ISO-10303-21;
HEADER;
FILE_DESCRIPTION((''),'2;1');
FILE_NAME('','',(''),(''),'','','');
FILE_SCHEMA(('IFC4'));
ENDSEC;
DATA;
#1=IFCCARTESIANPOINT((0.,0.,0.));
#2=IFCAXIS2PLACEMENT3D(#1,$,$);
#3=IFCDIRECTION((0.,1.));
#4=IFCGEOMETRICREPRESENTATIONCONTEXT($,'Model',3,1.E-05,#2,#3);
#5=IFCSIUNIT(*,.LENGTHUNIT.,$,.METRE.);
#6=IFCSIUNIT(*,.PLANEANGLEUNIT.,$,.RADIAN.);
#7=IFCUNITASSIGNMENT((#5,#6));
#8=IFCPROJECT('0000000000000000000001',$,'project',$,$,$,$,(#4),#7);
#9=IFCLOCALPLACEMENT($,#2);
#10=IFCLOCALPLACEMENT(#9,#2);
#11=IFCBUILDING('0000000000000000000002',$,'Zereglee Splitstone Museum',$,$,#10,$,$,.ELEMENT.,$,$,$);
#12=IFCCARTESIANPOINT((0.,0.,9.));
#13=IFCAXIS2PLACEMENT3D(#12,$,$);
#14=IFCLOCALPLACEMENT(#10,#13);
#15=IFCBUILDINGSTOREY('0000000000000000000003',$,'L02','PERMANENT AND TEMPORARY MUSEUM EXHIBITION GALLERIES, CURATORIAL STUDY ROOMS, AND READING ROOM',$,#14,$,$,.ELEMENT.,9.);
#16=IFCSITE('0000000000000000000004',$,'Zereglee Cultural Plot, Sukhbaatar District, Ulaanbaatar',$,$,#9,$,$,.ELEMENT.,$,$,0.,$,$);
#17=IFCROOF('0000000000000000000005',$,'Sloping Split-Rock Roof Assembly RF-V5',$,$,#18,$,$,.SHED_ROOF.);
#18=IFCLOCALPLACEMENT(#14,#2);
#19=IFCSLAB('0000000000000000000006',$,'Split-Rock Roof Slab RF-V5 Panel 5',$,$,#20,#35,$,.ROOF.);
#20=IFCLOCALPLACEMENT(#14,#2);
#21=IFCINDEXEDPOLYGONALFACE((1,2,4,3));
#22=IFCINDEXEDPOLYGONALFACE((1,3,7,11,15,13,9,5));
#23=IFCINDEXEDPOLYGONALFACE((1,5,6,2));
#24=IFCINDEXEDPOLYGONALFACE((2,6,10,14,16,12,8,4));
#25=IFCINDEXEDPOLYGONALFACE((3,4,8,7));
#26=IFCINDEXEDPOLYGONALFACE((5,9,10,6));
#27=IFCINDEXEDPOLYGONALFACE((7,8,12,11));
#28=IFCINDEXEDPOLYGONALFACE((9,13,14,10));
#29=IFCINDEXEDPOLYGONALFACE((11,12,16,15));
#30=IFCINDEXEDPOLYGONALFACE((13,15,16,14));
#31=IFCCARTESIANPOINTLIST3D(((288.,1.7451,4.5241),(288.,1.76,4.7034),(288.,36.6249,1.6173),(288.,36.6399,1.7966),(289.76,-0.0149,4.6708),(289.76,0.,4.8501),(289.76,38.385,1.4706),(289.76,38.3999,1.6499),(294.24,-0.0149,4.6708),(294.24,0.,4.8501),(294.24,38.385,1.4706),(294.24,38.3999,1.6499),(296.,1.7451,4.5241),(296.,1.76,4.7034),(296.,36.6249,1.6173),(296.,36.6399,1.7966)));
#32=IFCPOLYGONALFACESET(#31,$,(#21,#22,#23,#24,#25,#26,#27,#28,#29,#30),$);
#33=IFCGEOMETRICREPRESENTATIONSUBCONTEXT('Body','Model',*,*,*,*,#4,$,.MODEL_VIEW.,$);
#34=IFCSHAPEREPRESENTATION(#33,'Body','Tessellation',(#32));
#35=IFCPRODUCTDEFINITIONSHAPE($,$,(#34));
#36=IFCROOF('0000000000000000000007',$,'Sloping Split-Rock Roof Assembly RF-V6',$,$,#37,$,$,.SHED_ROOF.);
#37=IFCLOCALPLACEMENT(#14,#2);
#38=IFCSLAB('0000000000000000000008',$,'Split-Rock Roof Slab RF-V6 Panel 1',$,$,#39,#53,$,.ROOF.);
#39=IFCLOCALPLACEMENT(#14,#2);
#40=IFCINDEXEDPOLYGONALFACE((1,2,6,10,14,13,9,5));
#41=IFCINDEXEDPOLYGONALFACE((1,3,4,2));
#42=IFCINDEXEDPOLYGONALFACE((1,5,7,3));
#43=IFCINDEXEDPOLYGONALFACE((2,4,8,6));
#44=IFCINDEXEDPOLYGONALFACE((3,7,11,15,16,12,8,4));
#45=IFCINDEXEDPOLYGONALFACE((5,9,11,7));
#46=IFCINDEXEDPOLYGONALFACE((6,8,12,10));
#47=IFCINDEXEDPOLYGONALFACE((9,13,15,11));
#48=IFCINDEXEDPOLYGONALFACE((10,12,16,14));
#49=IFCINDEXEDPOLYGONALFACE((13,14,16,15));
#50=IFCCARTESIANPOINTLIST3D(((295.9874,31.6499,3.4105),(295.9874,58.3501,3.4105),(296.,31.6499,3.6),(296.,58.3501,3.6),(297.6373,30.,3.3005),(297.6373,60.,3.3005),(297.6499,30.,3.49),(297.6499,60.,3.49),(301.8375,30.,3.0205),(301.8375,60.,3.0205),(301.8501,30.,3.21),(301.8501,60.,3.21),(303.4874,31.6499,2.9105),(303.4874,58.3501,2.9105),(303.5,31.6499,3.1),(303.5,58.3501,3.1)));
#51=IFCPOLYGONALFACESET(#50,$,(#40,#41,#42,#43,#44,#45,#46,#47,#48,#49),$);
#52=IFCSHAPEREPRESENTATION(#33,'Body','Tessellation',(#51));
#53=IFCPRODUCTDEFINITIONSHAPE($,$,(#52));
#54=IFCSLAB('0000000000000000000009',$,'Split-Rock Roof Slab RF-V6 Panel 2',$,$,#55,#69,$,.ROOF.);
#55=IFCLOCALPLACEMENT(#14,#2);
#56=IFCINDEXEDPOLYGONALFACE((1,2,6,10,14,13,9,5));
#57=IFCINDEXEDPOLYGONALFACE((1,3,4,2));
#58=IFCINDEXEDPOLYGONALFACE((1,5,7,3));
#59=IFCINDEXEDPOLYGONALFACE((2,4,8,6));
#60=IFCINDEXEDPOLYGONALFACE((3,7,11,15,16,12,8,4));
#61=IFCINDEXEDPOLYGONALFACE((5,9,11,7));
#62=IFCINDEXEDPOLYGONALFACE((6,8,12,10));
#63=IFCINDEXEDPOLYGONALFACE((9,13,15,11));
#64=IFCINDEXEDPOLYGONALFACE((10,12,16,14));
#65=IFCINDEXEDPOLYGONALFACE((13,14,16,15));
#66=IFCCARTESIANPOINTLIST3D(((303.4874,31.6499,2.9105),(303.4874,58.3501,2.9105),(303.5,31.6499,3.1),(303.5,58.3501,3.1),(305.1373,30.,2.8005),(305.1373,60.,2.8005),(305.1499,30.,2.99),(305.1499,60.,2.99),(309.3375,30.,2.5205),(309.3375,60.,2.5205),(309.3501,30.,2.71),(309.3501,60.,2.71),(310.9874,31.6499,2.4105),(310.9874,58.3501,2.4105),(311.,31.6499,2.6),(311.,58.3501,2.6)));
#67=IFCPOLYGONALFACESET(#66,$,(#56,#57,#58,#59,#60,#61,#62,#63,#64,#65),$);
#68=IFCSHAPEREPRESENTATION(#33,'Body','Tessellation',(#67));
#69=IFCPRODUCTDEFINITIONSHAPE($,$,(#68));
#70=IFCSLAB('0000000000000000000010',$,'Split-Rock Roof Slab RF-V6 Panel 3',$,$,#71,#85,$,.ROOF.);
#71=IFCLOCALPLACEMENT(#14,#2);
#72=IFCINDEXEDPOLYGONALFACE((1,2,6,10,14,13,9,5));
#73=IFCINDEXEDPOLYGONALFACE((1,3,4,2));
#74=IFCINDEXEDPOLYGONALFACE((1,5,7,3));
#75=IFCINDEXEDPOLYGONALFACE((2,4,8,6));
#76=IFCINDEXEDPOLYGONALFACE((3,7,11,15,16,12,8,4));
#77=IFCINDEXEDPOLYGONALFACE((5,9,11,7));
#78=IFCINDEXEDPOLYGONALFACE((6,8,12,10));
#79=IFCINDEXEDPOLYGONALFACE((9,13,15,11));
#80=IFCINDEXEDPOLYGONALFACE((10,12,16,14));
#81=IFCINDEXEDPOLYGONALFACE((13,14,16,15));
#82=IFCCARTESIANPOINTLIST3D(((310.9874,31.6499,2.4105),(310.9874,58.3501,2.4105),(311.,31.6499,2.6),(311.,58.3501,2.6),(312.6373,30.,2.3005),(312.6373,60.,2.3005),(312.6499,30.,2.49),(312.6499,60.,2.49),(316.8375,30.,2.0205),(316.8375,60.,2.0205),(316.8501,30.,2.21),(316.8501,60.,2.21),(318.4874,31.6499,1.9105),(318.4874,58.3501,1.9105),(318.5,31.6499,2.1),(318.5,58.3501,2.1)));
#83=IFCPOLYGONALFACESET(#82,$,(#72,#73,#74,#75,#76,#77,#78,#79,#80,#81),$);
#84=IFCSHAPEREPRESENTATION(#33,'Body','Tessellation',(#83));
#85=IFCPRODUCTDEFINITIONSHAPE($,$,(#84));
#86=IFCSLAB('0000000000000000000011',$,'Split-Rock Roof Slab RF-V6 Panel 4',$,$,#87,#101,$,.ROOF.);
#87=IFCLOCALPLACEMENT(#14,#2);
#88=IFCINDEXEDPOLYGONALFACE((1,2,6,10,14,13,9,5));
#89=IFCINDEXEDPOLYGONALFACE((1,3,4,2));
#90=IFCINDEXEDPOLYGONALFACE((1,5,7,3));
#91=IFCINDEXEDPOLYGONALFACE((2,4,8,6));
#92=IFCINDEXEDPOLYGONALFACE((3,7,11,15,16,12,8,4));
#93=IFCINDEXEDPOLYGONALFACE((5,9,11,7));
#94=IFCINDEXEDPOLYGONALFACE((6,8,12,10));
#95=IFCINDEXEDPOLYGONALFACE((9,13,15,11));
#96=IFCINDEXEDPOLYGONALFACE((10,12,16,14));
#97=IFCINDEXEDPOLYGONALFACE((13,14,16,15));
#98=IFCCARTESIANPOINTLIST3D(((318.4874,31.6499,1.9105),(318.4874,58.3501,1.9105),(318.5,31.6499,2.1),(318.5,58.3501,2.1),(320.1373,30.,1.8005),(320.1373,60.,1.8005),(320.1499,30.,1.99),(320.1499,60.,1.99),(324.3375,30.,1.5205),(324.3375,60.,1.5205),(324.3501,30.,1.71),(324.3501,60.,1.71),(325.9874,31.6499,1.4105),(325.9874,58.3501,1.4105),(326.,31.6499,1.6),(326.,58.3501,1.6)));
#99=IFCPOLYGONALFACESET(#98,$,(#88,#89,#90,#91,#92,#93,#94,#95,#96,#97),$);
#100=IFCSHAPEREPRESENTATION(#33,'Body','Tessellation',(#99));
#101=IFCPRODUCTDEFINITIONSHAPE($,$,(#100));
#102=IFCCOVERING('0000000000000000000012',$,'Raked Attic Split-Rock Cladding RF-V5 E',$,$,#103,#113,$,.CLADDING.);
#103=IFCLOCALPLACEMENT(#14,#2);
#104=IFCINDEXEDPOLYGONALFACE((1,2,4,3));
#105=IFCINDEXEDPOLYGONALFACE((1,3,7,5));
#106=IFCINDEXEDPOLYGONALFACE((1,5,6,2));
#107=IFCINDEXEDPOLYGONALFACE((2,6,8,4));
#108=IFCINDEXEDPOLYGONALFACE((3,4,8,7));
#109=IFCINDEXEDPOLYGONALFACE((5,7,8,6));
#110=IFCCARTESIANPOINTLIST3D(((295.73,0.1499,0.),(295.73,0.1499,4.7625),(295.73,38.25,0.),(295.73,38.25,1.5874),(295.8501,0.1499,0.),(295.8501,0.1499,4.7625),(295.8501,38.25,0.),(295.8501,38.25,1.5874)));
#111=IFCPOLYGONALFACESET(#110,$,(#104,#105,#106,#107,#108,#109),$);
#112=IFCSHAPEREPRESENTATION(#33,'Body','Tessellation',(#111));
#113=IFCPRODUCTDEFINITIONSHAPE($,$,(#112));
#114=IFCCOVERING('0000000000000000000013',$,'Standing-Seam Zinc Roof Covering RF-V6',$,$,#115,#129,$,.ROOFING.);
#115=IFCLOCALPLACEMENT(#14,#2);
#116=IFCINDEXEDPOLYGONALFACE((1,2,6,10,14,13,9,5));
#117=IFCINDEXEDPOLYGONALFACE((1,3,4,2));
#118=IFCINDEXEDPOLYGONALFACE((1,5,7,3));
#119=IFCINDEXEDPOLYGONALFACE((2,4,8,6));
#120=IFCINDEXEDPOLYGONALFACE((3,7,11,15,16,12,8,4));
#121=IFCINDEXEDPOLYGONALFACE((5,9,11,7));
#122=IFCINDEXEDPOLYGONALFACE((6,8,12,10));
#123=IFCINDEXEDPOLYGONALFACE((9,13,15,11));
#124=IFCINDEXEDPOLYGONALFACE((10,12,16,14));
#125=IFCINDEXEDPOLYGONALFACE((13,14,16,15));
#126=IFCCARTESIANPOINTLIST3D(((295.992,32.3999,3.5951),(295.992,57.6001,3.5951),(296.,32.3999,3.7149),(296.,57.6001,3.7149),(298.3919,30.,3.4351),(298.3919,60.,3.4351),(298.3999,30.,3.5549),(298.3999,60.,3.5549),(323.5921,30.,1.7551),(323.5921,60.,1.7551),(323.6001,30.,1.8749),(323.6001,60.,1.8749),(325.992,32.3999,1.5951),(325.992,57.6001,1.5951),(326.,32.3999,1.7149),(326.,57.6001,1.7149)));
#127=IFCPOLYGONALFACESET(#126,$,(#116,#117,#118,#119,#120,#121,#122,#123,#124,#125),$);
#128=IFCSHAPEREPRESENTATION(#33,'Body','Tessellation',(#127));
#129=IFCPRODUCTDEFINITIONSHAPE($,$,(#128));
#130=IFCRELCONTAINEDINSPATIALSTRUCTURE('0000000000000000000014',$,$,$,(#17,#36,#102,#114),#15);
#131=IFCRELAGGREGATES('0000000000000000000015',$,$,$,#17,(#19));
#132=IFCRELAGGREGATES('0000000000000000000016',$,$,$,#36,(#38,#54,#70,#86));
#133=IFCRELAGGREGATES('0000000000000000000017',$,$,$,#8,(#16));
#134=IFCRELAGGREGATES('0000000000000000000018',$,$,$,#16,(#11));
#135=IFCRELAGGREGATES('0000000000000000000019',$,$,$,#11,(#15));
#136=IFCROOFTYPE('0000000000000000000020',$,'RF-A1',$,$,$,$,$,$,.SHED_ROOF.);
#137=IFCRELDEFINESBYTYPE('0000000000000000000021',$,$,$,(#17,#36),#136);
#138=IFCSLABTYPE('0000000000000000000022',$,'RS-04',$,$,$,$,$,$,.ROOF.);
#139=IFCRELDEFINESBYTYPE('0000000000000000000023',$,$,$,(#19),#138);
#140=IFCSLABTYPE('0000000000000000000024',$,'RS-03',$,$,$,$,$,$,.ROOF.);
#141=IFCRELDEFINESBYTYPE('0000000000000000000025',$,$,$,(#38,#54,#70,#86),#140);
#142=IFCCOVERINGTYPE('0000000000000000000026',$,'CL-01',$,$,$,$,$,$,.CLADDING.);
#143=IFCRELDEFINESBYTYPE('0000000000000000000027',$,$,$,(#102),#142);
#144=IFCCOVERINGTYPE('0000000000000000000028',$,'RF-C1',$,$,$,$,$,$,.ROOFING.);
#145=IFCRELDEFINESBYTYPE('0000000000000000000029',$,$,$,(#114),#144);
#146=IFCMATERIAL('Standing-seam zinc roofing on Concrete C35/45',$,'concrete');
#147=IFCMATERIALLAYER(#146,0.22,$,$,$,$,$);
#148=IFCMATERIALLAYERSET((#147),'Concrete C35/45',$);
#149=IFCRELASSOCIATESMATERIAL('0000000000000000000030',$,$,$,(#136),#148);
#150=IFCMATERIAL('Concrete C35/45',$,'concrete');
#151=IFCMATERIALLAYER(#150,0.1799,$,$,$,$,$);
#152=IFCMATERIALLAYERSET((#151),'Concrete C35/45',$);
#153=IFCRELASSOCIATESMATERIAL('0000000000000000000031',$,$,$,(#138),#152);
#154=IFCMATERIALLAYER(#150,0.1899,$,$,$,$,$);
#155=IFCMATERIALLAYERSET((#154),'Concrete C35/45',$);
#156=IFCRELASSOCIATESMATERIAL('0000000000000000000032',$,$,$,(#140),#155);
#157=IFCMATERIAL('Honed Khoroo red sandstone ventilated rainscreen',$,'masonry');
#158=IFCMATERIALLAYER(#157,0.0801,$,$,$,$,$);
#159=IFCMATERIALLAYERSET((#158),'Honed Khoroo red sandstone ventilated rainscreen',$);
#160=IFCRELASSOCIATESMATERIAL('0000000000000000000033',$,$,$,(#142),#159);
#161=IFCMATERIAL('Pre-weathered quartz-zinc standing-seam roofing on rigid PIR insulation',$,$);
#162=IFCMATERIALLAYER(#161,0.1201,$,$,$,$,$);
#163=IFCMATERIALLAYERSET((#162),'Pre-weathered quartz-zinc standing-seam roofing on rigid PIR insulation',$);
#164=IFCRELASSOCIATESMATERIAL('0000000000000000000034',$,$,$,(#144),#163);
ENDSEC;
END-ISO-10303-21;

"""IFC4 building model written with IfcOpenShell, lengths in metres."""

from ifc_helpers import new_model, si_unit, direction, frame, origin, place, context, subcontext, project, spatial, polyline, outline, extrude, material, layer, layer_set, type_object, element, aggregate, save


model = new_model("IFC4")

# Units and contexts
model_context = context("Model", 3, precision=1e-05, world=origin(), true_north=direction((0.0, 1.0)))
body_context = subcontext(model_context, "Body", "Model", "MODEL_VIEW")
ifc_project = project(units=[si_unit("LENGTHUNIT", "METRE"), si_unit("PLANEANGLEUNIT", "RADIAN")], contexts=[model_context])

# Site, building, storey
site_placement = place(None, origin())
site = spatial("IfcSite", under=ifc_project, at=site_placement, Name="Zereglee Cultural Plot, Sukhbaatar District, Ulaanbaatar", CompositionType="ELEMENT", RefElevation=0.0)
building_placement = place(site_placement, origin())
building = spatial("IfcBuilding", under=site, at=building_placement, Name="Zereglee Splitstone Museum", CompositionType="ELEMENT")
storey_placement = place(building_placement, frame((0.0, 0.0, 9.0)))
storey = spatial("IfcBuildingStorey", under=building, at=storey_placement, Name="L02", Description="PERMANENT AND TEMPORARY MUSEUM EXHIBITION GALLERIES, CURATORIAL STUDY ROOMS, AND READING ROOM", CompositionType="ELEMENT", Elevation=9.0)

# Roof, slab
ifc_material_1 = material(Name="Standing-seam zinc roofing on Concrete C35/45", Category="concrete")
ifc_layer_1 = layer(ifc_material_1, 0.22)
ifc_layer_set_1 = layer_set([ifc_layer_1], Name="Concrete C35/45")
roof_type = type_object("IfcRoofType", Name="RF-A1", PredefinedType="SHED_ROOF", material=ifc_layer_set_1)
roof_1_placement = place(storey_placement, origin())
roof_1 = element("IfcRoof", 1, at=roof_1_placement, inside=storey, type_object=roof_type, Name="Sloping Split-Rock Roof Assembly RF-V5", PredefinedType="SHED_ROOF")
ifc_material_2 = material(Name="Concrete C35/45", Category="concrete")
ifc_layer_2 = layer(ifc_material_2, 0.1799)
ifc_layer_set_2 = layer_set([ifc_layer_2], Name="Concrete C35/45")
slab_type_1 = type_object("IfcSlabType", Name="RS-04", PredefinedType="ROOF", material=ifc_layer_set_2)
slab_1_placement = place(storey_placement, frame((289.76, 0.0, 4.8501), z_axis=(0.0, 0.08305, 0.996545), x_axis=(1.0, 0.0, 0.0)))
slab_1 = element("IfcSlab", 2, at=slab_1_placement, type_object=slab_type_1, Name="Split-Rock Roof Slab RF-V5 Panel 5", PredefinedType="ROOF", context=body_context, shape_type="SweptSolid", body=[
    extrude(outline(polyline([(0.0, 0.0), (4.48, 0.0), (6.24, 1.7661), (6.24, 36.7669), (4.48, 38.533), (0.0, 38.533), (-1.76, 36.7669), (-1.76, 1.7661), (0.0, 0.0)])), origin(), (0.0, 0.0, -1.0), 0.1799),
])
aggregate(roof_1, [slab_1])

# Roof, slabs
roof_2_placement = place(storey_placement, origin())
roof_2 = element("IfcRoof", 3, at=roof_2_placement, inside=storey, type_object=roof_type, Name="Sloping Split-Rock Roof Assembly RF-V6", PredefinedType="SHED_ROOF")
ifc_layer_3 = layer(ifc_material_2, 0.1899)
ifc_layer_set_3 = layer_set([ifc_layer_3], Name="Concrete C35/45")
slab_type_2 = type_object("IfcSlabType", Name="RS-03", PredefinedType="ROOF", material=ifc_layer_set_3)
slab_2_placement = place(storey_placement, frame((297.6499, 30.0, 3.49), z_axis=(0.066519, 0.0, 0.997785), x_axis=(0.997785, 0.0, -0.066519)))
slab_2 = element("IfcSlab", 4, at=slab_2_placement, type_object=slab_type_2, Name="Split-Rock Roof Slab RF-V6 Panel 1", PredefinedType="ROOF", context=body_context, shape_type="SweptSolid", body=[
    extrude(outline(polyline([(0.0, 0.0), (4.2095, 0.0), (5.8631, 1.6499), (5.8631, 28.3501), (4.2095, 30.0), (0.0, 30.0), (-1.6536, 28.3501), (-1.6536, 1.6499), (0.0, 0.0)])), origin(), (0.0, 0.0, -1.0), 0.1899),
])
slab_3_placement = place(storey_placement, frame((305.1499, 30.0, 2.99), z_axis=(0.066519, 0.0, 0.997785), x_axis=(0.997785, 0.0, -0.066519)))
slab_3 = element("IfcSlab", 5, at=slab_3_placement, type_object=slab_type_2, Name="Split-Rock Roof Slab RF-V6 Panel 2", PredefinedType="ROOF", context=body_context, shape_type="SweptSolid", body=[
    extrude(outline(polyline([(0.0, 0.0), (4.2095, 0.0), (5.8631, 1.6499), (5.8631, 28.3501), (4.2095, 30.0), (0.0, 30.0), (-1.6536, 28.3501), (-1.6536, 1.6499), (0.0, 0.0)])), origin(), (0.0, 0.0, -1.0), 0.1899),
])
slab_4_placement = place(storey_placement, frame((312.6499, 30.0, 2.49), z_axis=(0.066519, 0.0, 0.997785), x_axis=(0.997785, 0.0, -0.066519)))
slab_4 = element("IfcSlab", 6, at=slab_4_placement, type_object=slab_type_2, Name="Split-Rock Roof Slab RF-V6 Panel 3", PredefinedType="ROOF", context=body_context, shape_type="SweptSolid", body=[
    extrude(outline(polyline([(0.0, 0.0), (4.2095, 0.0), (5.8631, 1.6499), (5.8631, 28.3501), (4.2095, 30.0), (0.0, 30.0), (-1.6536, 28.3501), (-1.6536, 1.6499), (0.0, 0.0)])), origin(), (0.0, 0.0, -1.0), 0.1899),
])
slab_5_placement = place(storey_placement, frame((320.1499, 30.0, 1.99), z_axis=(0.066519, 0.0, 0.997785), x_axis=(0.997785, 0.0, -0.066519)))
slab_5 = element("IfcSlab", 7, at=slab_5_placement, type_object=slab_type_2, Name="Split-Rock Roof Slab RF-V6 Panel 4", PredefinedType="ROOF", context=body_context, shape_type="SweptSolid", body=[
    extrude(outline(polyline([(0.0, 0.0), (4.2095, 0.0), (5.8631, 1.6499), (5.8631, 28.3501), (4.2095, 30.0), (0.0, 30.0), (-1.6536, 28.3501), (-1.6536, 1.6499), (0.0, 0.0)])), origin(), (0.0, 0.0, -1.0), 0.1899),
])
aggregate(roof_2, [slab_2, slab_3, slab_4, slab_5])

# Coverings
ifc_material_3 = material(Name="Honed Khoroo red sandstone ventilated rainscreen", Category="masonry")
ifc_layer_4 = layer(ifc_material_3, 0.0801)
ifc_layer_set_4 = layer_set([ifc_layer_4], Name="Honed Khoroo red sandstone ventilated rainscreen")
covering_type_1 = type_object("IfcCoveringType", Name="CL-01", PredefinedType="CLADDING", material=ifc_layer_set_4)
covering_1_placement = place(storey_placement, frame((295.8501, 0.1499, 0.0), z_axis=(1.0, 0.0, 0.0), x_axis=(0.0, 1.0, 0.0)))
element("IfcCovering", 8, at=covering_1_placement, inside=storey, type_object=covering_type_1, Name="Raked Attic Split-Rock Cladding RF-V5 E", PredefinedType="CLADDING", context=body_context, shape_type="SweptSolid", body=[
    extrude(outline(polyline([(0.0, 0.0), (38.1001, 0.0), (38.1001, 1.5874), (0.0, 4.7625), (0.0, 0.0)])), origin(), (0.0, 0.0, -1.0), 0.1201),
])
ifc_material_4 = material(Name="Pre-weathered quartz-zinc standing-seam roofing on rigid PIR insulation")
ifc_layer_5 = layer(ifc_material_4, 0.1201)
ifc_layer_set_5 = layer_set([ifc_layer_5], Name="Pre-weathered quartz-zinc standing-seam roofing on rigid PIR insulation")
covering_type_2 = type_object("IfcCoveringType", Name="RF-C1", PredefinedType="ROOFING", material=ifc_layer_set_5)
covering_2_placement = place(storey_placement, frame((298.3999, 30.0, 3.5549), z_axis=(0.066519, 0.0, 0.997785), x_axis=(0.997785, 0.0, -0.066519)))
element("IfcCovering", 9, at=covering_2_placement, inside=storey, type_object=covering_type_2, Name="Standing-Seam Zinc Roof Covering RF-V6", PredefinedType="ROOFING", context=body_context, shape_type="SweptSolid", body=[
    extrude(outline(polyline([(0.0, 0.0), (25.2561, 0.0), (27.6614, 2.3999), (27.6614, 27.6001), (25.2561, 30.0), (0.0, 30.0), (-2.4052, 27.6001), (-2.4052, 2.3999), (0.0, 0.0)])), origin(), (0.0, 0.0, -1.0), 0.1201),
])

save(model, "model.ifc")
